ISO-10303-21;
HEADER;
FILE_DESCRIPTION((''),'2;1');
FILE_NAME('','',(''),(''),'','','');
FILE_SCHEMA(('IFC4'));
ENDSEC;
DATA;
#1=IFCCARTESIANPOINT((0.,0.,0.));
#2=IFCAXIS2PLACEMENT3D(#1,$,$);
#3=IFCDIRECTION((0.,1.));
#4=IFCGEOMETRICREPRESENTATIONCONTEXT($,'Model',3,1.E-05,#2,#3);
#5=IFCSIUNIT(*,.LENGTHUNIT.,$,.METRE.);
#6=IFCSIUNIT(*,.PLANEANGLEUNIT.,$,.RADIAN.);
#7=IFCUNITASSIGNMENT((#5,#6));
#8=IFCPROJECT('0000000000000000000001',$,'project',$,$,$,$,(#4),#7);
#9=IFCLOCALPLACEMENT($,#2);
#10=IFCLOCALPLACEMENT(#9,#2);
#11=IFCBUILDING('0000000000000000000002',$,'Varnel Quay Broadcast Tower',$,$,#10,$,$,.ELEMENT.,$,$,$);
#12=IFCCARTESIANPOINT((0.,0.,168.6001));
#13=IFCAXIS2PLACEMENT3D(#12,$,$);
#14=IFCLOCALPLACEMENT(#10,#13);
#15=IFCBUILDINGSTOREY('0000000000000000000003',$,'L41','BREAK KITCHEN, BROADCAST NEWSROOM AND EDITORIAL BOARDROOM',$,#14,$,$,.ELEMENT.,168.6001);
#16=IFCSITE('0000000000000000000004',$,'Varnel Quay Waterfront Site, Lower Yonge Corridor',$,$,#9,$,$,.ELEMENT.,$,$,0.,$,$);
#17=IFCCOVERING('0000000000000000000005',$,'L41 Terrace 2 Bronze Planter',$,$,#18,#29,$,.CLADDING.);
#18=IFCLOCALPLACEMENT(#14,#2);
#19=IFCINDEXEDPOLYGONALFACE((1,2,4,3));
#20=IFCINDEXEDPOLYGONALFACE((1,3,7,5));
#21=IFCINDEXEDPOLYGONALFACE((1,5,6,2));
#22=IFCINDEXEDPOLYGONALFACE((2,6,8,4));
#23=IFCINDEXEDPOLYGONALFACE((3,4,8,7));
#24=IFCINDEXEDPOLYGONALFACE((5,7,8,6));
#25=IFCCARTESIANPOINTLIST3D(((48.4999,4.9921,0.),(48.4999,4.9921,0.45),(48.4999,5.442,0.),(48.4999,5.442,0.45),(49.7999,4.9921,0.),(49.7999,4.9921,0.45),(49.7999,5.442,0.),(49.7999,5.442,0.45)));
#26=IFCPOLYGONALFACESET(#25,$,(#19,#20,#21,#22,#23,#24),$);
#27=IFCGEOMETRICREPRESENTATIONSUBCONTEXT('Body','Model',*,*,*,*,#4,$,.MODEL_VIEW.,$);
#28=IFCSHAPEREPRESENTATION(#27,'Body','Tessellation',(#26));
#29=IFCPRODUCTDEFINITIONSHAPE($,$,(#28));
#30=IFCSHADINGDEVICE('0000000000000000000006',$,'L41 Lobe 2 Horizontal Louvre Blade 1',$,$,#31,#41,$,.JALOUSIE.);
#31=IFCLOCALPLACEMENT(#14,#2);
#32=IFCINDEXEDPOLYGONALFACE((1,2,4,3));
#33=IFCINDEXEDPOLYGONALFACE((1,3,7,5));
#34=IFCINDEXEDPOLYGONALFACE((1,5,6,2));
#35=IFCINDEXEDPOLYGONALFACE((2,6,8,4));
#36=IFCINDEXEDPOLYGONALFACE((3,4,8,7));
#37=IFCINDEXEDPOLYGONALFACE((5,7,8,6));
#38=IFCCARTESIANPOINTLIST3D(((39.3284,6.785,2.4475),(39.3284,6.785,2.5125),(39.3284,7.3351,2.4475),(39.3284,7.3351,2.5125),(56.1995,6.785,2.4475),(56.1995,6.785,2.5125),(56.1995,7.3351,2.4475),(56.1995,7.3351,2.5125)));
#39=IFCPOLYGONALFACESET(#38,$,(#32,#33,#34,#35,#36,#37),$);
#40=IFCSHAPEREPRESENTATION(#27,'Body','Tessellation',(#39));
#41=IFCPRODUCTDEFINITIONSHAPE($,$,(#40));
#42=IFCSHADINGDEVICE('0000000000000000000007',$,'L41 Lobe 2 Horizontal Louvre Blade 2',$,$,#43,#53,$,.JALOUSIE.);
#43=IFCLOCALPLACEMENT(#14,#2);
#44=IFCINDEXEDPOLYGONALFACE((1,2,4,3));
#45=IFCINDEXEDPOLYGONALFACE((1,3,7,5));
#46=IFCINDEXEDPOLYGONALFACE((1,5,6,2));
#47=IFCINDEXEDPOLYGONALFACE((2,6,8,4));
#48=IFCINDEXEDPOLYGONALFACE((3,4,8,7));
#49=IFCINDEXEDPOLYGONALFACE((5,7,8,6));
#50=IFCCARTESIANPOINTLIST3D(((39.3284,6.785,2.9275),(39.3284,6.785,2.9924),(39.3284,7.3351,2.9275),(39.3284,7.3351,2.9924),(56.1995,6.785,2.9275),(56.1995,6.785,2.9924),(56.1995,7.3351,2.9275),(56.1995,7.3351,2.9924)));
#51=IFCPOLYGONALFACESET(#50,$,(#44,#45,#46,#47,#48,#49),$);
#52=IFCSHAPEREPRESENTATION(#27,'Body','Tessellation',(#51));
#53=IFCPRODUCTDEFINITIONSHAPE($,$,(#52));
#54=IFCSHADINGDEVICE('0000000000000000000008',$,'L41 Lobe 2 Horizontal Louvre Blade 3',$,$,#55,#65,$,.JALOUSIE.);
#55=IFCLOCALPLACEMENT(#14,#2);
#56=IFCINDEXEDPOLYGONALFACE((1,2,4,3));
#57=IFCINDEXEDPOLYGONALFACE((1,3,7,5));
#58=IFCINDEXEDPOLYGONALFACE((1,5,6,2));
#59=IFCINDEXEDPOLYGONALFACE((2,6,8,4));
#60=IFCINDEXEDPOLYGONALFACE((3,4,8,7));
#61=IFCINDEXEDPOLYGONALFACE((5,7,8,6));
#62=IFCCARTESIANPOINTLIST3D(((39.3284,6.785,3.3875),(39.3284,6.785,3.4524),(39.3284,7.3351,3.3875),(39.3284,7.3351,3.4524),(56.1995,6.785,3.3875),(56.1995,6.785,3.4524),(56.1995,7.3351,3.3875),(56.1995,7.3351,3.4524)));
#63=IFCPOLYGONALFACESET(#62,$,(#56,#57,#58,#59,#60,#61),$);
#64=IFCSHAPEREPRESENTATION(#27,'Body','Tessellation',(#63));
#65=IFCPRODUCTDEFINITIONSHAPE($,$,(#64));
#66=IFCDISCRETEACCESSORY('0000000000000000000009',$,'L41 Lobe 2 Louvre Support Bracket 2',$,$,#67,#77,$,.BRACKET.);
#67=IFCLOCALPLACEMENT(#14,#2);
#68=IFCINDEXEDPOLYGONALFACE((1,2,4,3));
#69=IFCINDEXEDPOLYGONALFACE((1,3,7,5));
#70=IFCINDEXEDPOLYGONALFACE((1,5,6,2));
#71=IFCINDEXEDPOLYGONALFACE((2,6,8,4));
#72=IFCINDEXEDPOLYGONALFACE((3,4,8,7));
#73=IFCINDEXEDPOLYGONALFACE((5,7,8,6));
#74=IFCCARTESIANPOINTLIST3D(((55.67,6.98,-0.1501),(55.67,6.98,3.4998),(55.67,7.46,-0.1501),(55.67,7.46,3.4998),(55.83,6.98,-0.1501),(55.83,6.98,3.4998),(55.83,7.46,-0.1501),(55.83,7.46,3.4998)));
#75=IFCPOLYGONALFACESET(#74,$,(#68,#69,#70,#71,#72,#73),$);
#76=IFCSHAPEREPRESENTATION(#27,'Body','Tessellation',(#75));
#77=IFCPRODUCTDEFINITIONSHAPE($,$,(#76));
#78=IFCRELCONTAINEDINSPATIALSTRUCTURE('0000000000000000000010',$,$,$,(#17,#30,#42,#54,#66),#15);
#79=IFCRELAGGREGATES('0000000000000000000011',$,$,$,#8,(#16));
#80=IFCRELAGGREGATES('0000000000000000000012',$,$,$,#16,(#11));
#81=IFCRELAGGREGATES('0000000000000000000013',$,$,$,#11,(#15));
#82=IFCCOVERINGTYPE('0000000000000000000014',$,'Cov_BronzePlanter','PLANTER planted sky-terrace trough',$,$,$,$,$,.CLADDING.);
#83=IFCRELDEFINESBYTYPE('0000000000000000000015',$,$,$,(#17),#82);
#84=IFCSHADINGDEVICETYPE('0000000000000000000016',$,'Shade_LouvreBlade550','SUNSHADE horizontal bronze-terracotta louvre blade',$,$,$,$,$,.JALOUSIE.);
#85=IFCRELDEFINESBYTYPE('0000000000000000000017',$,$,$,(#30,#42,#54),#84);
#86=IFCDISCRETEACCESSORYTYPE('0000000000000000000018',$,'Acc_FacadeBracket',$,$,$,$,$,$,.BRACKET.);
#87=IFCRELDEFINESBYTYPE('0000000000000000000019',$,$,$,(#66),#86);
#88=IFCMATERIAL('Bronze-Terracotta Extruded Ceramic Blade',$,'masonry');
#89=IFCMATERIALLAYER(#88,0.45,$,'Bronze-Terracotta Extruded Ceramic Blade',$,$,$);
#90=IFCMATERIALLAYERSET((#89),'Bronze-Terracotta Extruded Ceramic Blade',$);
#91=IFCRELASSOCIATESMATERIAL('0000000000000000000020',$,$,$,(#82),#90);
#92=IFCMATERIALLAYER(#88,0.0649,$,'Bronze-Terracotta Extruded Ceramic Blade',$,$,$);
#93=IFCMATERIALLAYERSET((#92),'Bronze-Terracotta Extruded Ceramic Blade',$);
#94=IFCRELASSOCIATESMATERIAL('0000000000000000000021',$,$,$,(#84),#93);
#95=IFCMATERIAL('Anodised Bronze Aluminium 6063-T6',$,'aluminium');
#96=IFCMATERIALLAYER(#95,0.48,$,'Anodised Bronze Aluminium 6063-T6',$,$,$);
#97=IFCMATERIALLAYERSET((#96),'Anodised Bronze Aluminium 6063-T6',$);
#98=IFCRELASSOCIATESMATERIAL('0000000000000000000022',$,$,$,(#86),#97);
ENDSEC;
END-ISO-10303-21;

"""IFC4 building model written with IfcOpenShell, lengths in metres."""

from ifc_helpers import new_model, si_unit, direction, frame, origin, origin_2d, place, context, subcontext, project, spatial, rectangle, extrude, source, transform, mapped, material, layer, layer_set, type_object, type_shapes, element, save


model = new_model("IFC4")

# Units and contexts
model_context = context("Model", 3, precision=1e-05, world=origin(), true_north=direction((0.0, 1.0)))
body_context = subcontext(model_context, "Body", "Model", "MODEL_VIEW")
ifc_project = project(units=[si_unit("LENGTHUNIT", "METRE"), si_unit("PLANEANGLEUNIT", "RADIAN")], contexts=[model_context])

# Site, building, storey
site_placement = place(None, origin())
site = spatial("IfcSite", under=ifc_project, at=site_placement, Name="Varnel Quay Waterfront Site, Lower Yonge Corridor", CompositionType="ELEMENT", RefElevation=0.0)
building_placement = place(site_placement, origin())
building = spatial("IfcBuilding", under=site, at=building_placement, Name="Varnel Quay Broadcast Tower", CompositionType="ELEMENT")
storey_placement = place(building_placement, frame((0.0, 0.0, 168.6001)))
storey = spatial("IfcBuildingStorey", under=building, at=storey_placement, Name="L41", Description="BREAK KITCHEN, BROADCAST NEWSROOM AND EDITORIAL BOARDROOM", CompositionType="ELEMENT", Elevation=168.6001)

# Shared definitions
ifc_material_1 = material(Name="Anodised Bronze Aluminium 6063-T6", Category="aluminium")

# Covering
ifc_material_2 = material(Name="Bronze-Terracotta Extruded Ceramic Blade", Category="masonry")
ifc_layer_1 = layer(ifc_material_2, 0.45, Name="Bronze-Terracotta Extruded Ceramic Blade")
ifc_layer_set_1 = layer_set([ifc_layer_1], Name="Bronze-Terracotta Extruded Ceramic Blade")
covering_type = type_object("IfcCoveringType", Name="Cov_BronzePlanter", Description="PLANTER planted sky-terrace trough", PredefinedType="CLADDING", material=ifc_layer_set_1)
shared_shape_1 = source(origin(), body_context, "Body", "SweptSolid", [
    extrude(rectangle(XDim=1.3, YDim=0.45, at=origin_2d()), origin(), (0.0, 0.0, 1.0), 0.45),
])
type_shapes(covering_type, [shared_shape_1])
covering_placement = place(storey_placement, frame((49.1499, 5.217, 0.0), z_axis=(0.0, 0.0, 1.0), x_axis=(1.0, 0.0, 0.0)))
element("IfcCovering", 1, at=covering_placement, inside=storey, type_object=covering_type, Name="L41 Terrace 2 Bronze Planter", PredefinedType="CLADDING", context=body_context, shape_type="MappedRepresentation", body=[
    mapped(shared_shape_1, transform((0.0, 0.0, 0.0), x_axis=(1.0, 0.0, 0.0), y_axis=(0.0, 1.0, 0.0), z_axis=(0.0, 0.0, 1.0), scale=1.0)),
])

# Shading devices
ifc_layer_2 = layer(ifc_material_2, 0.0649, Name="Bronze-Terracotta Extruded Ceramic Blade")
ifc_layer_set_2 = layer_set([ifc_layer_2], Name="Bronze-Terracotta Extruded Ceramic Blade")
shading_device_type = type_object("IfcShadingDeviceType", Name="Shade_LouvreBlade550", Description="SUNSHADE horizontal bronze-terracotta louvre blade", PredefinedType="JALOUSIE", material=ifc_layer_set_2)
shared_shape_2 = source(origin(), body_context, "Body", "SweptSolid", [
    extrude(rectangle(XDim=16.8711, YDim=0.55, at=origin_2d()), origin(), (0.0, 0.0, 1.0), 0.0649),
])
type_shapes(shading_device_type, [shared_shape_2])
for number, where, z_axis, x_axis, name in (
    (2, (47.7639, 7.0601, 2.4475), (0.0, 0.0, 1.0), (1.0, 0.0, 0.0), "L41 Lobe 2 Horizontal Louvre Blade 1"),
    (3, (47.7639, 7.0601, 2.9275), (0.0, 0.0, 1.0), (1.0, 0.0, 0.0), "L41 Lobe 2 Horizontal Louvre Blade 2"),
    (4, (47.7639, 7.0601, 3.3875), (0.0, 0.0, 1.0), (1.0, 0.0, 0.0), "L41 Lobe 2 Horizontal Louvre Blade 3"),
):
    element("IfcShadingDevice", number, at=place(storey_placement, frame(where, z_axis=z_axis, x_axis=x_axis)), inside=storey, type_object=shading_device_type, Name=name, PredefinedType="JALOUSIE", context=body_context, shape_type="MappedRepresentation", body=[
        mapped(shared_shape_2, transform((0.0, 0.0, 0.0), x_axis=(1.0, 0.0, 0.0), y_axis=(0.0, 1.0, 0.0), z_axis=(0.0, 0.0, 1.0), scale=1.0)),
    ])

# Discrete accessory
ifc_layer_3 = layer(ifc_material_1, 0.48, Name="Anodised Bronze Aluminium 6063-T6")
ifc_layer_set_3 = layer_set([ifc_layer_3], Name="Anodised Bronze Aluminium 6063-T6")
discrete_accessory_type = type_object("IfcDiscreteAccessoryType", Name="Acc_FacadeBracket", PredefinedType="BRACKET", material=ifc_layer_set_3)
shared_shape_3 = source(origin(), body_context, "Body", "SweptSolid", [
    extrude(rectangle(XDim=0.1599, YDim=0.48, at=origin_2d()), origin(), (0.0, 0.0, 1.0), 3.6499),
])
type_shapes(discrete_accessory_type, [shared_shape_3])
discrete_accessory_placement = place(storey_placement, frame((55.75, 7.22, -0.1501), z_axis=(0.0, 0.0, 1.0), x_axis=(1.0, 0.0, 0.0)))
element("IfcDiscreteAccessory", 5, at=discrete_accessory_placement, inside=storey, type_object=discrete_accessory_type, Name="L41 Lobe 2 Louvre Support Bracket 2", PredefinedType="BRACKET", context=body_context, shape_type="MappedRepresentation", body=[
    mapped(shared_shape_3, transform((0.0, 0.0, 0.0), x_axis=(1.0, 0.0, 0.0), y_axis=(0.0, 1.0, 0.0), z_axis=(0.0, 0.0, 1.0), scale=1.0)),
])

save(model, "model.ifc")
